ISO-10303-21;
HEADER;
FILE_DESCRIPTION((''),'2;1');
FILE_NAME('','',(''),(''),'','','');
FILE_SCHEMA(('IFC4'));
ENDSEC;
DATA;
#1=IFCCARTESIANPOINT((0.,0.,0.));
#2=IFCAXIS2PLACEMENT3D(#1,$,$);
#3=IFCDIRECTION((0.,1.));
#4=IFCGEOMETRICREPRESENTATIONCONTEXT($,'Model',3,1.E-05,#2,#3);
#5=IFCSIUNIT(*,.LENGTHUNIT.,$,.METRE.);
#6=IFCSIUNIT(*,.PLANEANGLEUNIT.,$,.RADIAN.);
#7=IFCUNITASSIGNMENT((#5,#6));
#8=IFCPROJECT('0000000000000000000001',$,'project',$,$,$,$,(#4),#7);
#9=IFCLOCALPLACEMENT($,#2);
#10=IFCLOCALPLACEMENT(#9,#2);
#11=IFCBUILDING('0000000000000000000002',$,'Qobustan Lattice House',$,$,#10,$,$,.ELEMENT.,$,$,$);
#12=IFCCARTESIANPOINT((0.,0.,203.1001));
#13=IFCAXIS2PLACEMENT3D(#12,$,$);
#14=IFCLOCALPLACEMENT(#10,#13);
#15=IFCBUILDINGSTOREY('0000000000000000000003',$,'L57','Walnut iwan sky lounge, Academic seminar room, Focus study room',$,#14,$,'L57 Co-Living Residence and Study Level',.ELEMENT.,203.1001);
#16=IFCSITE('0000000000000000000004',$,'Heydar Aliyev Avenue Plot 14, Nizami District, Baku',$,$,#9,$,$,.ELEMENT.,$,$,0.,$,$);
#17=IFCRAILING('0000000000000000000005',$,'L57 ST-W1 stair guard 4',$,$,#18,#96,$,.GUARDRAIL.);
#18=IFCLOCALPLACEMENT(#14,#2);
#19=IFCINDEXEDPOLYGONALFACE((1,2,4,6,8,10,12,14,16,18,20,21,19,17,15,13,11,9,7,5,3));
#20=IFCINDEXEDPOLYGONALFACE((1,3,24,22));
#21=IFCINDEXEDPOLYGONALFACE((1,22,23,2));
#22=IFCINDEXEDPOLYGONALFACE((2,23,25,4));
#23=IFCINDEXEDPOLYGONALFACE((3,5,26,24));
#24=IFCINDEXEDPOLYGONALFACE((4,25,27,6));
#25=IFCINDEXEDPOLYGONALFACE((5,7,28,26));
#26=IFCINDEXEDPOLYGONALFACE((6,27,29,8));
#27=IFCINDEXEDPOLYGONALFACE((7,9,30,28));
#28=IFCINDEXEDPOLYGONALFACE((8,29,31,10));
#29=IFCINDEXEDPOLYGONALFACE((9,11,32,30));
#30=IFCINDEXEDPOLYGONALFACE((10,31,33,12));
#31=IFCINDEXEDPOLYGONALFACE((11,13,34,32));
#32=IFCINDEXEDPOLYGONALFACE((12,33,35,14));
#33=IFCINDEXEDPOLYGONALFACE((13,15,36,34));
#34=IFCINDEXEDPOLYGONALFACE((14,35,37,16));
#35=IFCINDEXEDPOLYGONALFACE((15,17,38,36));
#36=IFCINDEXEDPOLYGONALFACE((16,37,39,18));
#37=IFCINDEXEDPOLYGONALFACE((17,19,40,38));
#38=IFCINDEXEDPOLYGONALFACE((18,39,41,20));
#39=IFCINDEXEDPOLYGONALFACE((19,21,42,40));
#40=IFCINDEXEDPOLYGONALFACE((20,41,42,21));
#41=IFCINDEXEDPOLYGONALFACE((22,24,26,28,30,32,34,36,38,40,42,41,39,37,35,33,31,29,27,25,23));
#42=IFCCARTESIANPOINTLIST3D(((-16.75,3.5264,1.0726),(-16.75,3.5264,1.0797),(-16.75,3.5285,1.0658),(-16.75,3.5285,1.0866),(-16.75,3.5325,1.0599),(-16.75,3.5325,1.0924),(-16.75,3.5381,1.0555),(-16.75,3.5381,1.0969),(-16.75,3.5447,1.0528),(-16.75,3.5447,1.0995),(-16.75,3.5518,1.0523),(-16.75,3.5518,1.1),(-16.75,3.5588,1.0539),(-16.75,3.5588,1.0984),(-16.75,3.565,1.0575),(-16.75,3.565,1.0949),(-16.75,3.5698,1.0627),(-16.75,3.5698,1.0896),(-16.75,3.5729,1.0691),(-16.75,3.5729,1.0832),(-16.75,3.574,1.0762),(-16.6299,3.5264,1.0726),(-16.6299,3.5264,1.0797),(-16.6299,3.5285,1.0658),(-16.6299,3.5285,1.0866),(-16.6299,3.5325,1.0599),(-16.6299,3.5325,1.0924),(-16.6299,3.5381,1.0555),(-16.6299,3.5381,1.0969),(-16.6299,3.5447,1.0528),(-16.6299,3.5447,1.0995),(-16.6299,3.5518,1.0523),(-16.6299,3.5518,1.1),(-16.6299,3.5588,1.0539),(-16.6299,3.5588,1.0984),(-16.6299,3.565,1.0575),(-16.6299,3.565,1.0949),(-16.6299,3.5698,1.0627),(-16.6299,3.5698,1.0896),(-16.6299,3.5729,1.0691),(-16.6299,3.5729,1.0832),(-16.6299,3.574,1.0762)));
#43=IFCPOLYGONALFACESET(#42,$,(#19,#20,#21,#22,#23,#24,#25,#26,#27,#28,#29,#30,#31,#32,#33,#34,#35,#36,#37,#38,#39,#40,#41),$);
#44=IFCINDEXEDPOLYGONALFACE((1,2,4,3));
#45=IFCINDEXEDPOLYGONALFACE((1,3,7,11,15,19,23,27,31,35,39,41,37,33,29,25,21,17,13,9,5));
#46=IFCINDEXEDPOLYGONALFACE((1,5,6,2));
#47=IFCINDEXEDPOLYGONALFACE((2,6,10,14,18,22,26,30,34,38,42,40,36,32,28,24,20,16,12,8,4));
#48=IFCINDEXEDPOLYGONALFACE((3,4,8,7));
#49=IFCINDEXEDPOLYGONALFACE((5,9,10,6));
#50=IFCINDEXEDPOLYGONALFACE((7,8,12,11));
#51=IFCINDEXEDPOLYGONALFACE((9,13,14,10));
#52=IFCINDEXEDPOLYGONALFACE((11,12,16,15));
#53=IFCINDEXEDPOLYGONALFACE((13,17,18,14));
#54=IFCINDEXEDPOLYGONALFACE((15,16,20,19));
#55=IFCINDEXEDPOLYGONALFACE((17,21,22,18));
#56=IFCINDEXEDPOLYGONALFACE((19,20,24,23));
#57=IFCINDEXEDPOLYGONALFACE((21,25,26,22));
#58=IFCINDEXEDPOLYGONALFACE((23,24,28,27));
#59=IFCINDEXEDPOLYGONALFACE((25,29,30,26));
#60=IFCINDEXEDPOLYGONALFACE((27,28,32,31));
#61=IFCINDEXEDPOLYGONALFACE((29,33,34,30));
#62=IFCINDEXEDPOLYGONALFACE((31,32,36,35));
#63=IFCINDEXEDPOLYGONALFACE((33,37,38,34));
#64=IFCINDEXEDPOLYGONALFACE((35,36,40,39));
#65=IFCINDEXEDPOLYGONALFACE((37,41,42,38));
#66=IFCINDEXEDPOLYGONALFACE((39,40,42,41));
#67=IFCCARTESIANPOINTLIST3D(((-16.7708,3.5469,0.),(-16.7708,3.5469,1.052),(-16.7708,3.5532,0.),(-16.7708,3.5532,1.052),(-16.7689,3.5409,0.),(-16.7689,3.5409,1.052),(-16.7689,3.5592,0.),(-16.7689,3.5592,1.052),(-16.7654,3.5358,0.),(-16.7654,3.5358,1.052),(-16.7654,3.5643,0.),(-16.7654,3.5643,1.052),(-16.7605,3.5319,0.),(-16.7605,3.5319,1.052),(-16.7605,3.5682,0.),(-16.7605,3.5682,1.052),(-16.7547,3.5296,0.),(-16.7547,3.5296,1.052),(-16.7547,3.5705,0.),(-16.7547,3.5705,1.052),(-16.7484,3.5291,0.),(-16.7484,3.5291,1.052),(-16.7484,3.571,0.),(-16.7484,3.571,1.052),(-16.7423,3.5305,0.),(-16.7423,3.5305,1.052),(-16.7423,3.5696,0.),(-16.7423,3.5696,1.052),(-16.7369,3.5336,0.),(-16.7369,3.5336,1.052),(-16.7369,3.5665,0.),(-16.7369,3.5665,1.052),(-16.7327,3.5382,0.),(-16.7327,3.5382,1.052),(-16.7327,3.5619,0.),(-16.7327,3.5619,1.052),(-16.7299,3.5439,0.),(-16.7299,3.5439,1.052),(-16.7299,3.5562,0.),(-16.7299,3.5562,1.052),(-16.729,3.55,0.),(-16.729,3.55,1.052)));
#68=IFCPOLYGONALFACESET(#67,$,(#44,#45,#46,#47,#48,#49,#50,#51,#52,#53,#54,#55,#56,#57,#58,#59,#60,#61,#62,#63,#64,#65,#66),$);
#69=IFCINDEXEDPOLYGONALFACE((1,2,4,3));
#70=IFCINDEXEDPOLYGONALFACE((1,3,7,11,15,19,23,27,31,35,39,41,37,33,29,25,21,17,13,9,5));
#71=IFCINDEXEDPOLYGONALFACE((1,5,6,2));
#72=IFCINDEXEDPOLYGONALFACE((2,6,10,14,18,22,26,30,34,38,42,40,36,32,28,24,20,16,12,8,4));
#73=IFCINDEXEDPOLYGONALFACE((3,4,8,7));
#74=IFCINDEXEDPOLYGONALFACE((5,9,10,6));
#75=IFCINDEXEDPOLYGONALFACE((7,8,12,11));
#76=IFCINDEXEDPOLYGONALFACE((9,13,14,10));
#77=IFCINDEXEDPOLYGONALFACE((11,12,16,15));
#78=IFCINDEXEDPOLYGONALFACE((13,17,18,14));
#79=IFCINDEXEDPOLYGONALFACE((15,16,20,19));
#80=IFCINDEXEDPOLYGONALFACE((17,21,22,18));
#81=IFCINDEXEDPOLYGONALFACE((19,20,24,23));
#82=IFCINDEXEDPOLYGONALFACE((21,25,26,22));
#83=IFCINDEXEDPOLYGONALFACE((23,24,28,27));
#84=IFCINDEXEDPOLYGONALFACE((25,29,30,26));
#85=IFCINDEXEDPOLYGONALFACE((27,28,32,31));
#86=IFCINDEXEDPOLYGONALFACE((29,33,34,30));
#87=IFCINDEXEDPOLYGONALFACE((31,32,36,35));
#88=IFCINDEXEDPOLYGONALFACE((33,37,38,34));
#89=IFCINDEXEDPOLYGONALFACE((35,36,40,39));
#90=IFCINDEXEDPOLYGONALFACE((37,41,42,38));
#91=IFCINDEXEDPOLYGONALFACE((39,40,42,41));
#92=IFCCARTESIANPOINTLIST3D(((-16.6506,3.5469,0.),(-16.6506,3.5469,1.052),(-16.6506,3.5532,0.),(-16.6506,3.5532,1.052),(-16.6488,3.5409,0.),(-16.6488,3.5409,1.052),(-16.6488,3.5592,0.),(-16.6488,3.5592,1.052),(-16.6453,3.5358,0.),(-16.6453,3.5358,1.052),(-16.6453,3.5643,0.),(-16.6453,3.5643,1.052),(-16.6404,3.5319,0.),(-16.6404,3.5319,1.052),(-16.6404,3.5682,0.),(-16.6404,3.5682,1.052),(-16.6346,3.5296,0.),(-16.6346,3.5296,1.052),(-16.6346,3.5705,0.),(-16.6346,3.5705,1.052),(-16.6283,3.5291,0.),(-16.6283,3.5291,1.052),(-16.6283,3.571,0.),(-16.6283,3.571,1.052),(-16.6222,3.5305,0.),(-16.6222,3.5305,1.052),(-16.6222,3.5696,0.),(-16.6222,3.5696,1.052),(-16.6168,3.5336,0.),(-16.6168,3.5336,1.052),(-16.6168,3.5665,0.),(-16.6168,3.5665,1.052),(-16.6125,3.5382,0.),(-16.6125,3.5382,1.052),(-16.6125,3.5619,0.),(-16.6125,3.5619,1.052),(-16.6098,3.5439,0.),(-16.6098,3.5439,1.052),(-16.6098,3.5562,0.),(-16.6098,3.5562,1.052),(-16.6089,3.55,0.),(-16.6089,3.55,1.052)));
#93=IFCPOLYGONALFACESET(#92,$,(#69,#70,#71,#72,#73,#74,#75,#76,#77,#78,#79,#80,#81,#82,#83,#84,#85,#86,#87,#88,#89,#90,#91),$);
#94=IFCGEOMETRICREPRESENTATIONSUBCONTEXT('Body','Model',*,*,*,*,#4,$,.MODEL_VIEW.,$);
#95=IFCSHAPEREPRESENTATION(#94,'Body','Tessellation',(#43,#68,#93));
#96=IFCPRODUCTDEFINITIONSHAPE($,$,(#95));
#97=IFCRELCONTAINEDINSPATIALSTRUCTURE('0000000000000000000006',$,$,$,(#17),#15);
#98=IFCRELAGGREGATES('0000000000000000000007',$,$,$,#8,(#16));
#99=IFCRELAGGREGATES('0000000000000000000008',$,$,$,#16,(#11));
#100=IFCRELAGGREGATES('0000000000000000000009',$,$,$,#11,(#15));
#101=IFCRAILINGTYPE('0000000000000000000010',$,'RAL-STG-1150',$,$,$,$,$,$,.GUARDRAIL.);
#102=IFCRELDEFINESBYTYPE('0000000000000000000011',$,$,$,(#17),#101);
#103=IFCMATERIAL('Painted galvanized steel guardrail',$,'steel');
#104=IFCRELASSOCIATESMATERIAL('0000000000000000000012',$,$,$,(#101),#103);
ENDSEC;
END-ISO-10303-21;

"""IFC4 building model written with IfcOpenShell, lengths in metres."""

from ifc_helpers import new_model, si_unit, direction, frame, origin, origin_2d, place, context, subcontext, project, spatial, circle, extrude, material, type_object, element, save


model = new_model("IFC4")

# Units and contexts
model_context = context("Model", 3, precision=1e-05, world=origin(), true_north=direction((0.0, 1.0)))
body_context = subcontext(model_context, "Body", "Model", "MODEL_VIEW")
ifc_project = project(units=[si_unit("LENGTHUNIT", "METRE"), si_unit("PLANEANGLEUNIT", "RADIAN")], contexts=[model_context])

# Site, building, storey
site_placement = place(None, origin())
site = spatial("IfcSite", under=ifc_project, at=site_placement, Name="Heydar Aliyev Avenue Plot 14, Nizami District, Baku", CompositionType="ELEMENT", RefElevation=0.0)
building_placement = place(site_placement, origin())
building = spatial("IfcBuilding", under=site, at=building_placement, Name="Qobustan Lattice House", CompositionType="ELEMENT")
storey_placement = place(building_placement, frame((0.0, 0.0, 203.1001)))
storey = spatial("IfcBuildingStorey", under=building, at=storey_placement, Name="L57", Description="Walnut iwan sky lounge, Academic seminar room, Focus study room", LongName="L57 Co-Living Residence and Study Level", CompositionType="ELEMENT", Elevation=203.1001)

# Railing
ifc_material_1 = material(Name="Painted galvanized steel guardrail", Category="steel")
railing_type_1 = type_object("IfcRailingType", Name="RAL-STG-1150", PredefinedType="GUARDRAIL", material=ifc_material_1)
railing_1_placement = place(storey_placement, frame((-16.75, 3.55, 0.0)))
element("IfcRailing", 1, at=railing_1_placement, inside=storey, type_object=railing_type_1, Name="L57 ST-W1 stair guard 4", PredefinedType="GUARDRAIL", context=body_context, shape_type="SweptSolid", body=[
    extrude(circle(Radius=0.0239, at=origin_2d()), frame((0.0, 0.0, 1.0762), z_axis=(1.0, 0.0, 0.0), x_axis=(0.0, 1.0, 0.0)), (0.0, 0.0, 1.0), 0.1201),
    extrude(circle(Radius=0.021, at=origin_2d()), origin(), (0.0, 0.0, 1.0), 1.052),
    extrude(circle(Radius=0.021, at=origin_2d()), frame((0.1201, 0.0, 0.0)), (0.0, 0.0, 1.0), 1.052),
])

save(model, "model.ifc")
